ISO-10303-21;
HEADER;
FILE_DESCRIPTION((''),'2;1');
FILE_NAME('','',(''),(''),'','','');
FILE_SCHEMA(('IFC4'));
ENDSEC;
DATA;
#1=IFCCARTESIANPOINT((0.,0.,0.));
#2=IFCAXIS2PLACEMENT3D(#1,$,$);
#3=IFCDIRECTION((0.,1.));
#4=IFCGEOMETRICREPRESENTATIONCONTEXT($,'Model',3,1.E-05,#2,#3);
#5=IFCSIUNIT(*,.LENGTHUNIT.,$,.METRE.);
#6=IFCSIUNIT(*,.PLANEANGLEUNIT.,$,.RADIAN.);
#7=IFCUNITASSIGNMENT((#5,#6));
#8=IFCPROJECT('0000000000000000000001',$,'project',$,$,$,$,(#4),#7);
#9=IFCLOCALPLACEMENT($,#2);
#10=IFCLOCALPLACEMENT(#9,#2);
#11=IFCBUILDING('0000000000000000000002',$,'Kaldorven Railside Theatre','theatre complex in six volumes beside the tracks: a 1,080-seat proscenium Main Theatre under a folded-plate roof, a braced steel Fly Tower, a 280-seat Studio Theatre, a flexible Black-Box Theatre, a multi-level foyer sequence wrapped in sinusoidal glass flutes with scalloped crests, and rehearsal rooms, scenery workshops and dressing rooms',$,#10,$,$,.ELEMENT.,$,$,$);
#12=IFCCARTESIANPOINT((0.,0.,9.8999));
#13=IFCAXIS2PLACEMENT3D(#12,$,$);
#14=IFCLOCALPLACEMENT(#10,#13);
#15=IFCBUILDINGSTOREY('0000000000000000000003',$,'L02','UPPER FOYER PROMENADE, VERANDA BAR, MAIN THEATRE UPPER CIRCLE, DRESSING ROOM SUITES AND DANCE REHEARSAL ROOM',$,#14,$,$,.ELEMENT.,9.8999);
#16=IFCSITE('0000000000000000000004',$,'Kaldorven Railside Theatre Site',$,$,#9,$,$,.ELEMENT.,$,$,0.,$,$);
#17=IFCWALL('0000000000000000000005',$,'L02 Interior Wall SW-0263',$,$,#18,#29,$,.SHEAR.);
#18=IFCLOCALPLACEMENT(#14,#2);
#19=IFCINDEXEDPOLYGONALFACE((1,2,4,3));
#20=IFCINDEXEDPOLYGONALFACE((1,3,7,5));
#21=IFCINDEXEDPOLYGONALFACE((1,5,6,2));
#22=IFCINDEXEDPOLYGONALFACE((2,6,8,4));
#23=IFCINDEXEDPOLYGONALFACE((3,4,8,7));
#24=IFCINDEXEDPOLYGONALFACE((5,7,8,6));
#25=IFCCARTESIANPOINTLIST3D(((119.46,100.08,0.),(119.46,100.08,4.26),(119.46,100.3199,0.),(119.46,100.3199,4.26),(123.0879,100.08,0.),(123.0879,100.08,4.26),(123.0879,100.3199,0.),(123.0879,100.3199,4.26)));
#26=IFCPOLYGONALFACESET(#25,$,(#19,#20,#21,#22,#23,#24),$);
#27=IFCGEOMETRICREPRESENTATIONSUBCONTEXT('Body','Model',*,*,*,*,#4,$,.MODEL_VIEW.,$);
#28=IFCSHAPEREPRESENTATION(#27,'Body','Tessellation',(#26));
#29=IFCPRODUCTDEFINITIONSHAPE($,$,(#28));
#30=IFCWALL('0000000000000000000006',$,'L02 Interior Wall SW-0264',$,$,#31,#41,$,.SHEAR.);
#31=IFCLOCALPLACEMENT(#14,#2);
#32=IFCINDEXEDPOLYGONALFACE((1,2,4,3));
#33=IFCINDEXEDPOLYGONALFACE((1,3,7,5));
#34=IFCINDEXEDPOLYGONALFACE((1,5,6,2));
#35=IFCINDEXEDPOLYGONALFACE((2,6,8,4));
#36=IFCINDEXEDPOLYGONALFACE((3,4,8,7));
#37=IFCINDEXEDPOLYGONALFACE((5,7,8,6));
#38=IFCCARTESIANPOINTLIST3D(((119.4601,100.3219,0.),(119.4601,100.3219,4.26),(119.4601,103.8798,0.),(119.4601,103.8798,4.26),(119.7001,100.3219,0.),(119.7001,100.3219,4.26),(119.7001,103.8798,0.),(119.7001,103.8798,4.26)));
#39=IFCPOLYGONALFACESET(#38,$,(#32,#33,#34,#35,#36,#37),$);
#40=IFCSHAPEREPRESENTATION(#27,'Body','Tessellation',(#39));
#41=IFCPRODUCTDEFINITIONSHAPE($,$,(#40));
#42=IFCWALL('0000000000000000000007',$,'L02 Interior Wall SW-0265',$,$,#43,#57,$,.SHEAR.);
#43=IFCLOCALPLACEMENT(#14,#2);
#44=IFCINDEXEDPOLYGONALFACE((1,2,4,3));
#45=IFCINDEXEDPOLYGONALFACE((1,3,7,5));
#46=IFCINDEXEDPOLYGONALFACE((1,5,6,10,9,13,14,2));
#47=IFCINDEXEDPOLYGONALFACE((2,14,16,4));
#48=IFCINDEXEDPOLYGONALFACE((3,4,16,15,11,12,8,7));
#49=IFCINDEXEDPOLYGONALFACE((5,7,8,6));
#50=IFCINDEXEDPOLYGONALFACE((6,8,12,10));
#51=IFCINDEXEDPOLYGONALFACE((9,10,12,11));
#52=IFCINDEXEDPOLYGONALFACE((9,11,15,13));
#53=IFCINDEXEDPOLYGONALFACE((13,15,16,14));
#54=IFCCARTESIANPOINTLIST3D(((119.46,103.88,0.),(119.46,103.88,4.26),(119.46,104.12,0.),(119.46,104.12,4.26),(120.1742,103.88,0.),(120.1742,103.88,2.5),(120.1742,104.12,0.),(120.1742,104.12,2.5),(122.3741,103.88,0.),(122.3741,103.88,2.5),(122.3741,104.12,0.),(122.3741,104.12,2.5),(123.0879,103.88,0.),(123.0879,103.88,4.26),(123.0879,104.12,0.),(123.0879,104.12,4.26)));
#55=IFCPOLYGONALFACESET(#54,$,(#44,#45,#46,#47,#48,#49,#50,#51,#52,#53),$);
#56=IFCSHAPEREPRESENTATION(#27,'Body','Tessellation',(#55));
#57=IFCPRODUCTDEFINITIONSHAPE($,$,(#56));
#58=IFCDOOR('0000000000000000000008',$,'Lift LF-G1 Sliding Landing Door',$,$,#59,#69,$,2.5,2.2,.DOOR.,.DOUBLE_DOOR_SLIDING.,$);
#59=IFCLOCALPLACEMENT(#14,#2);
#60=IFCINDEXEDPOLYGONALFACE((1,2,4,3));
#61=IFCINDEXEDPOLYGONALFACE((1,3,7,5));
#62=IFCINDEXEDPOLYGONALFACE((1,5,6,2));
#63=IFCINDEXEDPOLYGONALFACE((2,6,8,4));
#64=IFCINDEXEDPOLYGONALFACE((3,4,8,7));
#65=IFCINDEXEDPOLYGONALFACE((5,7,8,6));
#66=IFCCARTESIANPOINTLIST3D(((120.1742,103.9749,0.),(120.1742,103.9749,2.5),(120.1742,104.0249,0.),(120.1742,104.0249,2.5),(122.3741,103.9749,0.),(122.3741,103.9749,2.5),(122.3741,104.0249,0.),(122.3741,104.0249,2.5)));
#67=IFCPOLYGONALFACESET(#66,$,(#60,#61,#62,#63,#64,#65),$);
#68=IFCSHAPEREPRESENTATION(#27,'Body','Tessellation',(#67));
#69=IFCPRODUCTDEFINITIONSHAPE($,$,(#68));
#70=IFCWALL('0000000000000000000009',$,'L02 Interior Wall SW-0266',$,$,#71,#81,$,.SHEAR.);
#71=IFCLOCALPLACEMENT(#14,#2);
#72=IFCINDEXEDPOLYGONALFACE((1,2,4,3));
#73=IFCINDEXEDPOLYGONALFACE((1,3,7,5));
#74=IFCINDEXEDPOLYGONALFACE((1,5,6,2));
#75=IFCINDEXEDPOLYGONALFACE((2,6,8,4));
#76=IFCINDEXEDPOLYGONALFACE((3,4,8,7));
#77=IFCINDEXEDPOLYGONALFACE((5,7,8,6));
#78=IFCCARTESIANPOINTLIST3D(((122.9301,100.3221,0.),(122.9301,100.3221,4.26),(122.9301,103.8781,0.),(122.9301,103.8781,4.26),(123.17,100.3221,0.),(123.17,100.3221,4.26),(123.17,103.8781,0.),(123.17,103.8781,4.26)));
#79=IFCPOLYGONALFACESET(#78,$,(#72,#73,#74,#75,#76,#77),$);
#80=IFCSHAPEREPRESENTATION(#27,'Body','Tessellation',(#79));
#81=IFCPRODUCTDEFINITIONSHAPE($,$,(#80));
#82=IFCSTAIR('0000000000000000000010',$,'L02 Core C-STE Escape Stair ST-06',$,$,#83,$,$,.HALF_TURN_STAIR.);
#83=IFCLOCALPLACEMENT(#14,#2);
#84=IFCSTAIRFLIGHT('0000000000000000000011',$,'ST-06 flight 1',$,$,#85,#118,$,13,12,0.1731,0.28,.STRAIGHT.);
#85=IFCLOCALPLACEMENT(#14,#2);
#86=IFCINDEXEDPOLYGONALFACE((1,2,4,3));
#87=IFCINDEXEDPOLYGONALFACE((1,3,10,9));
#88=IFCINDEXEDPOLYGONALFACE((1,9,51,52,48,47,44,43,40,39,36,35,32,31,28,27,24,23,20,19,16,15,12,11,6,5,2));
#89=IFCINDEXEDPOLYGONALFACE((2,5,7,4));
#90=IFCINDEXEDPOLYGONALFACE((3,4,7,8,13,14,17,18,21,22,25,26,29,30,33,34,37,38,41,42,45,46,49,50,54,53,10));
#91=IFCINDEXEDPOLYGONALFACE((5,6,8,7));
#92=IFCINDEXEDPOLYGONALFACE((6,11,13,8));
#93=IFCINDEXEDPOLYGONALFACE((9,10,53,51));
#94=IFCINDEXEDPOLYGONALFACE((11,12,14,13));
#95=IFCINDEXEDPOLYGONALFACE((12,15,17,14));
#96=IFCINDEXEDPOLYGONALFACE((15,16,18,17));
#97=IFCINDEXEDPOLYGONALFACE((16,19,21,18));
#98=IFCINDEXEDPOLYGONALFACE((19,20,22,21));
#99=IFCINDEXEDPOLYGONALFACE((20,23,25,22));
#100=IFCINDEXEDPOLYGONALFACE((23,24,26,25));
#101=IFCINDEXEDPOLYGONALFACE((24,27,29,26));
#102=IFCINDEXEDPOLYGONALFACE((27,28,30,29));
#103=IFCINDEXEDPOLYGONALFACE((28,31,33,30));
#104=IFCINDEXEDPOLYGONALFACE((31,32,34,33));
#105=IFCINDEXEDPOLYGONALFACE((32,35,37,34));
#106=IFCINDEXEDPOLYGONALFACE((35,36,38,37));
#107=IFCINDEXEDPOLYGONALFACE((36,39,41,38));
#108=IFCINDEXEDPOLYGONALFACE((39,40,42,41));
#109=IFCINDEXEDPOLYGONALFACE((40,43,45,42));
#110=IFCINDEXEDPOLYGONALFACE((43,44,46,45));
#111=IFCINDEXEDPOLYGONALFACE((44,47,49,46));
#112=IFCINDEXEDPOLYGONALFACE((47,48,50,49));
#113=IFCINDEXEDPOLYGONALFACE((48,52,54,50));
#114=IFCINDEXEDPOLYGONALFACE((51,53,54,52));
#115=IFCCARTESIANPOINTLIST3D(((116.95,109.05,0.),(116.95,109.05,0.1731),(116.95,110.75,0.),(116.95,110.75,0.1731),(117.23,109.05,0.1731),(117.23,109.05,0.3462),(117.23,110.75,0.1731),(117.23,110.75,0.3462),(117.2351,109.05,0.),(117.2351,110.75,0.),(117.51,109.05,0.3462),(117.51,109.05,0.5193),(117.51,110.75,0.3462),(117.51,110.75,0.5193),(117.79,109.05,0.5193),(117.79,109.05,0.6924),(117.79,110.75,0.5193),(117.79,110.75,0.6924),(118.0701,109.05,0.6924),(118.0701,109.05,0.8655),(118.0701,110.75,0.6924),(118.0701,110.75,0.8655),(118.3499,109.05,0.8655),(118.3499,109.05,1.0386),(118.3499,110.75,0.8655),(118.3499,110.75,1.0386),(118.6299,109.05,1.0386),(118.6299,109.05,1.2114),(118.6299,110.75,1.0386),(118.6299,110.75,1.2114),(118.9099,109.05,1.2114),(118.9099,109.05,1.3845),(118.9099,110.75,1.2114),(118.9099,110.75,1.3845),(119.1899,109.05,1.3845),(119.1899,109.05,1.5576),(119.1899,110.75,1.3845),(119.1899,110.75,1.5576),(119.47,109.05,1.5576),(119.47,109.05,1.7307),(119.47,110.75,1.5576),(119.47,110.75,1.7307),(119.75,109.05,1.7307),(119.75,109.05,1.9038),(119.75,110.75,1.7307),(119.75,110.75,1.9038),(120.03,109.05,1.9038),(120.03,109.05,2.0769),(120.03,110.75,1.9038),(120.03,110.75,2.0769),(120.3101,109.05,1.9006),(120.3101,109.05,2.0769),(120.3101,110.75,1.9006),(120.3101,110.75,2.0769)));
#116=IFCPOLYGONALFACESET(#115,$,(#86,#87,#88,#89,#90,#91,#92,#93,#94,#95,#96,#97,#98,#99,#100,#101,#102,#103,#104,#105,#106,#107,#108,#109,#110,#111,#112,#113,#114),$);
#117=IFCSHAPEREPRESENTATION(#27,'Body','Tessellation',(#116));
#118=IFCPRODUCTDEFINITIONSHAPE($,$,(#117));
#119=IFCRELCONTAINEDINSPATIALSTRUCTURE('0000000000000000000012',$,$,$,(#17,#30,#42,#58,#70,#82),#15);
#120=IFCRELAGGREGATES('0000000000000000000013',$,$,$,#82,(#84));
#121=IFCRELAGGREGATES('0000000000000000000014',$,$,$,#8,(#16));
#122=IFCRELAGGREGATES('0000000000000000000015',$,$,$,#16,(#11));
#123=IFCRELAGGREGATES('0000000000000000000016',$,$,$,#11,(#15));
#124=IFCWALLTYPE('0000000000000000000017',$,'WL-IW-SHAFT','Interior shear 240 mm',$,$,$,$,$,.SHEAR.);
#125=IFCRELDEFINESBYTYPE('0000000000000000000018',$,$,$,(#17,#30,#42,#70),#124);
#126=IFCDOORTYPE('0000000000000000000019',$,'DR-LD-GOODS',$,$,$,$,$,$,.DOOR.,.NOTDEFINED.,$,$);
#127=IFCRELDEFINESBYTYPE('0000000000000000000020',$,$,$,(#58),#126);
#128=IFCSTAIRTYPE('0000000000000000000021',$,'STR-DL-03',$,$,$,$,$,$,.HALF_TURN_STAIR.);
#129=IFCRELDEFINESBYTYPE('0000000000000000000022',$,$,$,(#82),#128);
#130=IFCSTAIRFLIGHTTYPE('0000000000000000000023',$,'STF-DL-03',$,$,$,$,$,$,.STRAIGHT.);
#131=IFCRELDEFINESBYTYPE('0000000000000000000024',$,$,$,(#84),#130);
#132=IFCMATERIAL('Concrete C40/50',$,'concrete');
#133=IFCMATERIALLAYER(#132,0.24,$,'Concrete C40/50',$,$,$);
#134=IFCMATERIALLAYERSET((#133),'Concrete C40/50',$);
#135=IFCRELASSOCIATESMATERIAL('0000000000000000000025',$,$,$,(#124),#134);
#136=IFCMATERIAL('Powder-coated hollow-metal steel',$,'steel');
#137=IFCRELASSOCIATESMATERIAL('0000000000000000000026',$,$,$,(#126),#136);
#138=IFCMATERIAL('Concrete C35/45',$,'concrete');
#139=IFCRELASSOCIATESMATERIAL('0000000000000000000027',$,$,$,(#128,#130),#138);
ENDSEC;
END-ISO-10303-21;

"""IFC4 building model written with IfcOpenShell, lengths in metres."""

from ifc_helpers import new_model, si_unit, direction, frame, frame_2d, origin, place, context, subcontext, project, spatial, polyline, rectangle, outline, extrude, material, layer, layer_set, type_object, element, fill, aggregate, save


model = new_model("IFC4")

# Units and contexts
model_context = context("Model", 3, precision=1e-05, world=origin(), true_north=direction((0.0, 1.0)))
body_context = subcontext(model_context, "Body", "Model", "MODEL_VIEW")
ifc_project = project(units=[si_unit("LENGTHUNIT", "METRE"), si_unit("PLANEANGLEUNIT", "RADIAN")], contexts=[model_context])

# Site, building, storey
site_placement = place(None, origin())
site = spatial("IfcSite", under=ifc_project, at=site_placement, Name="Kaldorven Railside Theatre Site", CompositionType="ELEMENT", RefElevation=0.0)
building_placement = place(site_placement, origin())
building = spatial("IfcBuilding", under=site, at=building_placement, Name="Kaldorven Railside Theatre", Description="theatre complex in six volumes beside the tracks: a 1,080-seat proscenium Main Theatre under a folded-plate roof, a braced steel Fly Tower, a 280-seat Studio Theatre, a flexible Black-Box Theatre, a multi-level foyer sequence wrapped in sinusoidal glass flutes with scalloped crests, and rehearsal rooms, scenery workshops and dressing rooms", CompositionType="ELEMENT")
storey_placement = place(building_placement, frame((0.0, 0.0, 9.8999)))
storey = spatial("IfcBuildingStorey", under=building, at=storey_placement, Name="L02", Description="UPPER FOYER PROMENADE, VERANDA BAR, MAIN THEATRE UPPER CIRCLE, DRESSING ROOM SUITES AND DANCE REHEARSAL ROOM", CompositionType="ELEMENT", Elevation=9.8999)

# Shared definitions
ifc_material_1 = material(Name="Concrete C40/50", Category="concrete")

# Shared definitions
ifc_material_2 = material(Name="Concrete C35/45", Category="concrete")

# Shared definitions
ifc_material_3 = material(Name="Powder-coated hollow-metal steel", Category="steel")

# Shared definitions
ifc_layer_1 = layer(ifc_material_1, 0.24, Name="Concrete C40/50")
ifc_layer_set_1 = layer_set([ifc_layer_1], Name="Concrete C40/50")
wall_type_1 = type_object("IfcWallType", Name="WL-IW-SHAFT", Description="Interior shear 240 mm", PredefinedType="SHEAR", material=ifc_layer_set_1)

# Walls
wall_1_placement = place(storey_placement, frame((123.0879, 100.2, 0.0), z_axis=(0.0, 0.0, 1.0), x_axis=(-1.0, 0.0, 0.0)))
element("IfcWall", 1, at=wall_1_placement, inside=storey, type_object=wall_type_1, Name="L02 Interior Wall SW-0263", PredefinedType="SHEAR", context=body_context, shape_type="SweptSolid", body=[
    extrude(rectangle(XDim=3.6279, YDim=0.24, at=frame_2d((1.814, 0.0))), origin(), (0.0, 0.0, 1.0), 4.26),
])
wall_2_placement = place(storey_placement, frame((119.5801, 100.322, 0.0), z_axis=(0.0, 0.0, 1.0), x_axis=(0.0, 1.0, 0.0)))
element("IfcWall", 2, at=wall_2_placement, inside=storey, type_object=wall_type_1, Name="L02 Interior Wall SW-0264", PredefinedType="SHEAR", context=body_context, shape_type="SweptSolid", body=[
    extrude(rectangle(XDim=3.5579, YDim=0.24, at=frame_2d((1.7788, 0.0))), origin(), (0.0, 0.0, 1.0), 4.26),
])

# Wall, opening, door
wall_3_placement = place(storey_placement, frame((119.46, 104.0, 0.0), z_axis=(0.0, 0.0, 1.0), x_axis=(1.0, 0.0, 0.0)))
wall_3 = element("IfcWall", 3, at=wall_3_placement, inside=storey, type_object=wall_type_1, Name="L02 Interior Wall SW-0265", PredefinedType="SHEAR", context=body_context, shape_type="SweptSolid", body=[
    extrude(rectangle(XDim=3.6279, YDim=0.24, at=frame_2d((1.814, 0.0))), origin(), (0.0, 0.0, 1.0), 4.26),
])
opening_1_placement = place(wall_3_placement, frame((0.7141, 0.0, 0.0)))
opening_1 = element("IfcOpeningElement", 4, at=opening_1_placement, cuts=wall_3, PredefinedType="OPENING", context=body_context, shape_type="SweptSolid", body=[
    extrude(rectangle(XDim=2.2, YDim=2.5, at=frame_2d((1.1001, 1.25))), frame((0.0, 0.1299, 0.0), z_axis=(0.0, -1.0, 0.0), x_axis=(1.0, 0.0, 0.0)), (0.0, 0.0, 1.0), 0.26),
])
door_type_1 = type_object("IfcDoorType", Name="DR-LD-GOODS", OperationType="NOTDEFINED", PredefinedType="DOOR", material=ifc_material_3)
door_1_placement = place(opening_1_placement, origin())
door_1 = element("IfcDoor", 5, at=door_1_placement, inside=storey, type_object=door_type_1, Name="Lift LF-G1 Sliding Landing Door", OperationType="DOUBLE_DOOR_SLIDING", OverallHeight=2.5, OverallWidth=2.2, PredefinedType="DOOR", context=body_context, shape_type="SweptSolid", body=[
    extrude(rectangle(XDim=2.2, YDim=2.5, at=frame_2d((1.1001, 1.25))), frame((0.0, 0.0249, 0.0), z_axis=(0.0, -1.0, 0.0), x_axis=(1.0, 0.0, 0.0)), (0.0, 0.0, 1.0), 0.05),
])
fill(opening_1, door_1)

# Wall
wall_4_placement = place(storey_placement, frame((123.05, 103.8779, 0.0), z_axis=(0.0, 0.0, 1.0), x_axis=(0.0, -1.0, 0.0)))
element("IfcWall", 6, at=wall_4_placement, inside=storey, type_object=wall_type_1, Name="L02 Interior Wall SW-0266", PredefinedType="SHEAR", context=body_context, shape_type="SweptSolid", body=[
    extrude(rectangle(XDim=3.5559, YDim=0.24, at=frame_2d((1.7778, 0.0))), origin(), (0.0, 0.0, 1.0), 4.26),
])

# Stair, stair flight
stair_type = type_object("IfcStairType", Name="STR-DL-03", PredefinedType="HALF_TURN_STAIR", material=ifc_material_2)
stair_placement = place(storey_placement, origin())
stair = element("IfcStair", 7, at=stair_placement, inside=storey, type_object=stair_type, Name="L02 Core C-STE Escape Stair ST-06", PredefinedType="HALF_TURN_STAIR")
stair_flight_type = type_object("IfcStairFlightType", Name="STF-DL-03", PredefinedType="STRAIGHT", material=ifc_material_2)
stair_flight_placement = place(storey_placement, frame((116.95, 109.8999, 0.0), z_axis=(0.0, 0.0, 1.0), x_axis=(1.0, 0.0, 0.0)))
stair_flight = element("IfcStairFlight", 8, at=stair_flight_placement, type_object=stair_flight_type, Name="ST-06 flight 1", NumberOfRisers=13, NumberOfTreads=12, PredefinedType="STRAIGHT", RiserHeight=0.1731, TreadLength=0.28, context=body_context, shape_type="SweptSolid", body=[
    extrude(outline(polyline([(0.0, 0.0), (0.0, 0.1731), (0.28, 0.1731), (0.28, 0.3462), (0.5601, 0.3462), (0.5601, 0.5193), (0.8401, 0.5193), (0.8401, 0.6924), (1.1201, 0.6924), (1.1201, 0.8655), (1.3999, 0.8655), (1.3999, 1.0386), (1.6799, 1.0386), (1.6799, 1.2114), (1.96, 1.2114), (1.96, 1.3845), (2.24, 1.3845), (2.24, 1.5576), (2.52, 1.5576), (2.52, 1.7307), (2.8, 1.7307), (2.8, 1.9038), (3.0801, 1.9038), (3.0801, 2.0769), (3.3601, 2.0769), (3.3601, 2.25), (3.3601, 1.9006), (0.2852, 0.0), (0.0, 0.0)])), frame((0.0, 0.8501, 0.0), z_axis=(0.0, -1.0, 0.0), x_axis=(1.0, 0.0, 0.0)), (0.0, 0.0, 1.0), 1.7),
])
aggregate(stair, [stair_flight])

save(model, "model.ifc")
